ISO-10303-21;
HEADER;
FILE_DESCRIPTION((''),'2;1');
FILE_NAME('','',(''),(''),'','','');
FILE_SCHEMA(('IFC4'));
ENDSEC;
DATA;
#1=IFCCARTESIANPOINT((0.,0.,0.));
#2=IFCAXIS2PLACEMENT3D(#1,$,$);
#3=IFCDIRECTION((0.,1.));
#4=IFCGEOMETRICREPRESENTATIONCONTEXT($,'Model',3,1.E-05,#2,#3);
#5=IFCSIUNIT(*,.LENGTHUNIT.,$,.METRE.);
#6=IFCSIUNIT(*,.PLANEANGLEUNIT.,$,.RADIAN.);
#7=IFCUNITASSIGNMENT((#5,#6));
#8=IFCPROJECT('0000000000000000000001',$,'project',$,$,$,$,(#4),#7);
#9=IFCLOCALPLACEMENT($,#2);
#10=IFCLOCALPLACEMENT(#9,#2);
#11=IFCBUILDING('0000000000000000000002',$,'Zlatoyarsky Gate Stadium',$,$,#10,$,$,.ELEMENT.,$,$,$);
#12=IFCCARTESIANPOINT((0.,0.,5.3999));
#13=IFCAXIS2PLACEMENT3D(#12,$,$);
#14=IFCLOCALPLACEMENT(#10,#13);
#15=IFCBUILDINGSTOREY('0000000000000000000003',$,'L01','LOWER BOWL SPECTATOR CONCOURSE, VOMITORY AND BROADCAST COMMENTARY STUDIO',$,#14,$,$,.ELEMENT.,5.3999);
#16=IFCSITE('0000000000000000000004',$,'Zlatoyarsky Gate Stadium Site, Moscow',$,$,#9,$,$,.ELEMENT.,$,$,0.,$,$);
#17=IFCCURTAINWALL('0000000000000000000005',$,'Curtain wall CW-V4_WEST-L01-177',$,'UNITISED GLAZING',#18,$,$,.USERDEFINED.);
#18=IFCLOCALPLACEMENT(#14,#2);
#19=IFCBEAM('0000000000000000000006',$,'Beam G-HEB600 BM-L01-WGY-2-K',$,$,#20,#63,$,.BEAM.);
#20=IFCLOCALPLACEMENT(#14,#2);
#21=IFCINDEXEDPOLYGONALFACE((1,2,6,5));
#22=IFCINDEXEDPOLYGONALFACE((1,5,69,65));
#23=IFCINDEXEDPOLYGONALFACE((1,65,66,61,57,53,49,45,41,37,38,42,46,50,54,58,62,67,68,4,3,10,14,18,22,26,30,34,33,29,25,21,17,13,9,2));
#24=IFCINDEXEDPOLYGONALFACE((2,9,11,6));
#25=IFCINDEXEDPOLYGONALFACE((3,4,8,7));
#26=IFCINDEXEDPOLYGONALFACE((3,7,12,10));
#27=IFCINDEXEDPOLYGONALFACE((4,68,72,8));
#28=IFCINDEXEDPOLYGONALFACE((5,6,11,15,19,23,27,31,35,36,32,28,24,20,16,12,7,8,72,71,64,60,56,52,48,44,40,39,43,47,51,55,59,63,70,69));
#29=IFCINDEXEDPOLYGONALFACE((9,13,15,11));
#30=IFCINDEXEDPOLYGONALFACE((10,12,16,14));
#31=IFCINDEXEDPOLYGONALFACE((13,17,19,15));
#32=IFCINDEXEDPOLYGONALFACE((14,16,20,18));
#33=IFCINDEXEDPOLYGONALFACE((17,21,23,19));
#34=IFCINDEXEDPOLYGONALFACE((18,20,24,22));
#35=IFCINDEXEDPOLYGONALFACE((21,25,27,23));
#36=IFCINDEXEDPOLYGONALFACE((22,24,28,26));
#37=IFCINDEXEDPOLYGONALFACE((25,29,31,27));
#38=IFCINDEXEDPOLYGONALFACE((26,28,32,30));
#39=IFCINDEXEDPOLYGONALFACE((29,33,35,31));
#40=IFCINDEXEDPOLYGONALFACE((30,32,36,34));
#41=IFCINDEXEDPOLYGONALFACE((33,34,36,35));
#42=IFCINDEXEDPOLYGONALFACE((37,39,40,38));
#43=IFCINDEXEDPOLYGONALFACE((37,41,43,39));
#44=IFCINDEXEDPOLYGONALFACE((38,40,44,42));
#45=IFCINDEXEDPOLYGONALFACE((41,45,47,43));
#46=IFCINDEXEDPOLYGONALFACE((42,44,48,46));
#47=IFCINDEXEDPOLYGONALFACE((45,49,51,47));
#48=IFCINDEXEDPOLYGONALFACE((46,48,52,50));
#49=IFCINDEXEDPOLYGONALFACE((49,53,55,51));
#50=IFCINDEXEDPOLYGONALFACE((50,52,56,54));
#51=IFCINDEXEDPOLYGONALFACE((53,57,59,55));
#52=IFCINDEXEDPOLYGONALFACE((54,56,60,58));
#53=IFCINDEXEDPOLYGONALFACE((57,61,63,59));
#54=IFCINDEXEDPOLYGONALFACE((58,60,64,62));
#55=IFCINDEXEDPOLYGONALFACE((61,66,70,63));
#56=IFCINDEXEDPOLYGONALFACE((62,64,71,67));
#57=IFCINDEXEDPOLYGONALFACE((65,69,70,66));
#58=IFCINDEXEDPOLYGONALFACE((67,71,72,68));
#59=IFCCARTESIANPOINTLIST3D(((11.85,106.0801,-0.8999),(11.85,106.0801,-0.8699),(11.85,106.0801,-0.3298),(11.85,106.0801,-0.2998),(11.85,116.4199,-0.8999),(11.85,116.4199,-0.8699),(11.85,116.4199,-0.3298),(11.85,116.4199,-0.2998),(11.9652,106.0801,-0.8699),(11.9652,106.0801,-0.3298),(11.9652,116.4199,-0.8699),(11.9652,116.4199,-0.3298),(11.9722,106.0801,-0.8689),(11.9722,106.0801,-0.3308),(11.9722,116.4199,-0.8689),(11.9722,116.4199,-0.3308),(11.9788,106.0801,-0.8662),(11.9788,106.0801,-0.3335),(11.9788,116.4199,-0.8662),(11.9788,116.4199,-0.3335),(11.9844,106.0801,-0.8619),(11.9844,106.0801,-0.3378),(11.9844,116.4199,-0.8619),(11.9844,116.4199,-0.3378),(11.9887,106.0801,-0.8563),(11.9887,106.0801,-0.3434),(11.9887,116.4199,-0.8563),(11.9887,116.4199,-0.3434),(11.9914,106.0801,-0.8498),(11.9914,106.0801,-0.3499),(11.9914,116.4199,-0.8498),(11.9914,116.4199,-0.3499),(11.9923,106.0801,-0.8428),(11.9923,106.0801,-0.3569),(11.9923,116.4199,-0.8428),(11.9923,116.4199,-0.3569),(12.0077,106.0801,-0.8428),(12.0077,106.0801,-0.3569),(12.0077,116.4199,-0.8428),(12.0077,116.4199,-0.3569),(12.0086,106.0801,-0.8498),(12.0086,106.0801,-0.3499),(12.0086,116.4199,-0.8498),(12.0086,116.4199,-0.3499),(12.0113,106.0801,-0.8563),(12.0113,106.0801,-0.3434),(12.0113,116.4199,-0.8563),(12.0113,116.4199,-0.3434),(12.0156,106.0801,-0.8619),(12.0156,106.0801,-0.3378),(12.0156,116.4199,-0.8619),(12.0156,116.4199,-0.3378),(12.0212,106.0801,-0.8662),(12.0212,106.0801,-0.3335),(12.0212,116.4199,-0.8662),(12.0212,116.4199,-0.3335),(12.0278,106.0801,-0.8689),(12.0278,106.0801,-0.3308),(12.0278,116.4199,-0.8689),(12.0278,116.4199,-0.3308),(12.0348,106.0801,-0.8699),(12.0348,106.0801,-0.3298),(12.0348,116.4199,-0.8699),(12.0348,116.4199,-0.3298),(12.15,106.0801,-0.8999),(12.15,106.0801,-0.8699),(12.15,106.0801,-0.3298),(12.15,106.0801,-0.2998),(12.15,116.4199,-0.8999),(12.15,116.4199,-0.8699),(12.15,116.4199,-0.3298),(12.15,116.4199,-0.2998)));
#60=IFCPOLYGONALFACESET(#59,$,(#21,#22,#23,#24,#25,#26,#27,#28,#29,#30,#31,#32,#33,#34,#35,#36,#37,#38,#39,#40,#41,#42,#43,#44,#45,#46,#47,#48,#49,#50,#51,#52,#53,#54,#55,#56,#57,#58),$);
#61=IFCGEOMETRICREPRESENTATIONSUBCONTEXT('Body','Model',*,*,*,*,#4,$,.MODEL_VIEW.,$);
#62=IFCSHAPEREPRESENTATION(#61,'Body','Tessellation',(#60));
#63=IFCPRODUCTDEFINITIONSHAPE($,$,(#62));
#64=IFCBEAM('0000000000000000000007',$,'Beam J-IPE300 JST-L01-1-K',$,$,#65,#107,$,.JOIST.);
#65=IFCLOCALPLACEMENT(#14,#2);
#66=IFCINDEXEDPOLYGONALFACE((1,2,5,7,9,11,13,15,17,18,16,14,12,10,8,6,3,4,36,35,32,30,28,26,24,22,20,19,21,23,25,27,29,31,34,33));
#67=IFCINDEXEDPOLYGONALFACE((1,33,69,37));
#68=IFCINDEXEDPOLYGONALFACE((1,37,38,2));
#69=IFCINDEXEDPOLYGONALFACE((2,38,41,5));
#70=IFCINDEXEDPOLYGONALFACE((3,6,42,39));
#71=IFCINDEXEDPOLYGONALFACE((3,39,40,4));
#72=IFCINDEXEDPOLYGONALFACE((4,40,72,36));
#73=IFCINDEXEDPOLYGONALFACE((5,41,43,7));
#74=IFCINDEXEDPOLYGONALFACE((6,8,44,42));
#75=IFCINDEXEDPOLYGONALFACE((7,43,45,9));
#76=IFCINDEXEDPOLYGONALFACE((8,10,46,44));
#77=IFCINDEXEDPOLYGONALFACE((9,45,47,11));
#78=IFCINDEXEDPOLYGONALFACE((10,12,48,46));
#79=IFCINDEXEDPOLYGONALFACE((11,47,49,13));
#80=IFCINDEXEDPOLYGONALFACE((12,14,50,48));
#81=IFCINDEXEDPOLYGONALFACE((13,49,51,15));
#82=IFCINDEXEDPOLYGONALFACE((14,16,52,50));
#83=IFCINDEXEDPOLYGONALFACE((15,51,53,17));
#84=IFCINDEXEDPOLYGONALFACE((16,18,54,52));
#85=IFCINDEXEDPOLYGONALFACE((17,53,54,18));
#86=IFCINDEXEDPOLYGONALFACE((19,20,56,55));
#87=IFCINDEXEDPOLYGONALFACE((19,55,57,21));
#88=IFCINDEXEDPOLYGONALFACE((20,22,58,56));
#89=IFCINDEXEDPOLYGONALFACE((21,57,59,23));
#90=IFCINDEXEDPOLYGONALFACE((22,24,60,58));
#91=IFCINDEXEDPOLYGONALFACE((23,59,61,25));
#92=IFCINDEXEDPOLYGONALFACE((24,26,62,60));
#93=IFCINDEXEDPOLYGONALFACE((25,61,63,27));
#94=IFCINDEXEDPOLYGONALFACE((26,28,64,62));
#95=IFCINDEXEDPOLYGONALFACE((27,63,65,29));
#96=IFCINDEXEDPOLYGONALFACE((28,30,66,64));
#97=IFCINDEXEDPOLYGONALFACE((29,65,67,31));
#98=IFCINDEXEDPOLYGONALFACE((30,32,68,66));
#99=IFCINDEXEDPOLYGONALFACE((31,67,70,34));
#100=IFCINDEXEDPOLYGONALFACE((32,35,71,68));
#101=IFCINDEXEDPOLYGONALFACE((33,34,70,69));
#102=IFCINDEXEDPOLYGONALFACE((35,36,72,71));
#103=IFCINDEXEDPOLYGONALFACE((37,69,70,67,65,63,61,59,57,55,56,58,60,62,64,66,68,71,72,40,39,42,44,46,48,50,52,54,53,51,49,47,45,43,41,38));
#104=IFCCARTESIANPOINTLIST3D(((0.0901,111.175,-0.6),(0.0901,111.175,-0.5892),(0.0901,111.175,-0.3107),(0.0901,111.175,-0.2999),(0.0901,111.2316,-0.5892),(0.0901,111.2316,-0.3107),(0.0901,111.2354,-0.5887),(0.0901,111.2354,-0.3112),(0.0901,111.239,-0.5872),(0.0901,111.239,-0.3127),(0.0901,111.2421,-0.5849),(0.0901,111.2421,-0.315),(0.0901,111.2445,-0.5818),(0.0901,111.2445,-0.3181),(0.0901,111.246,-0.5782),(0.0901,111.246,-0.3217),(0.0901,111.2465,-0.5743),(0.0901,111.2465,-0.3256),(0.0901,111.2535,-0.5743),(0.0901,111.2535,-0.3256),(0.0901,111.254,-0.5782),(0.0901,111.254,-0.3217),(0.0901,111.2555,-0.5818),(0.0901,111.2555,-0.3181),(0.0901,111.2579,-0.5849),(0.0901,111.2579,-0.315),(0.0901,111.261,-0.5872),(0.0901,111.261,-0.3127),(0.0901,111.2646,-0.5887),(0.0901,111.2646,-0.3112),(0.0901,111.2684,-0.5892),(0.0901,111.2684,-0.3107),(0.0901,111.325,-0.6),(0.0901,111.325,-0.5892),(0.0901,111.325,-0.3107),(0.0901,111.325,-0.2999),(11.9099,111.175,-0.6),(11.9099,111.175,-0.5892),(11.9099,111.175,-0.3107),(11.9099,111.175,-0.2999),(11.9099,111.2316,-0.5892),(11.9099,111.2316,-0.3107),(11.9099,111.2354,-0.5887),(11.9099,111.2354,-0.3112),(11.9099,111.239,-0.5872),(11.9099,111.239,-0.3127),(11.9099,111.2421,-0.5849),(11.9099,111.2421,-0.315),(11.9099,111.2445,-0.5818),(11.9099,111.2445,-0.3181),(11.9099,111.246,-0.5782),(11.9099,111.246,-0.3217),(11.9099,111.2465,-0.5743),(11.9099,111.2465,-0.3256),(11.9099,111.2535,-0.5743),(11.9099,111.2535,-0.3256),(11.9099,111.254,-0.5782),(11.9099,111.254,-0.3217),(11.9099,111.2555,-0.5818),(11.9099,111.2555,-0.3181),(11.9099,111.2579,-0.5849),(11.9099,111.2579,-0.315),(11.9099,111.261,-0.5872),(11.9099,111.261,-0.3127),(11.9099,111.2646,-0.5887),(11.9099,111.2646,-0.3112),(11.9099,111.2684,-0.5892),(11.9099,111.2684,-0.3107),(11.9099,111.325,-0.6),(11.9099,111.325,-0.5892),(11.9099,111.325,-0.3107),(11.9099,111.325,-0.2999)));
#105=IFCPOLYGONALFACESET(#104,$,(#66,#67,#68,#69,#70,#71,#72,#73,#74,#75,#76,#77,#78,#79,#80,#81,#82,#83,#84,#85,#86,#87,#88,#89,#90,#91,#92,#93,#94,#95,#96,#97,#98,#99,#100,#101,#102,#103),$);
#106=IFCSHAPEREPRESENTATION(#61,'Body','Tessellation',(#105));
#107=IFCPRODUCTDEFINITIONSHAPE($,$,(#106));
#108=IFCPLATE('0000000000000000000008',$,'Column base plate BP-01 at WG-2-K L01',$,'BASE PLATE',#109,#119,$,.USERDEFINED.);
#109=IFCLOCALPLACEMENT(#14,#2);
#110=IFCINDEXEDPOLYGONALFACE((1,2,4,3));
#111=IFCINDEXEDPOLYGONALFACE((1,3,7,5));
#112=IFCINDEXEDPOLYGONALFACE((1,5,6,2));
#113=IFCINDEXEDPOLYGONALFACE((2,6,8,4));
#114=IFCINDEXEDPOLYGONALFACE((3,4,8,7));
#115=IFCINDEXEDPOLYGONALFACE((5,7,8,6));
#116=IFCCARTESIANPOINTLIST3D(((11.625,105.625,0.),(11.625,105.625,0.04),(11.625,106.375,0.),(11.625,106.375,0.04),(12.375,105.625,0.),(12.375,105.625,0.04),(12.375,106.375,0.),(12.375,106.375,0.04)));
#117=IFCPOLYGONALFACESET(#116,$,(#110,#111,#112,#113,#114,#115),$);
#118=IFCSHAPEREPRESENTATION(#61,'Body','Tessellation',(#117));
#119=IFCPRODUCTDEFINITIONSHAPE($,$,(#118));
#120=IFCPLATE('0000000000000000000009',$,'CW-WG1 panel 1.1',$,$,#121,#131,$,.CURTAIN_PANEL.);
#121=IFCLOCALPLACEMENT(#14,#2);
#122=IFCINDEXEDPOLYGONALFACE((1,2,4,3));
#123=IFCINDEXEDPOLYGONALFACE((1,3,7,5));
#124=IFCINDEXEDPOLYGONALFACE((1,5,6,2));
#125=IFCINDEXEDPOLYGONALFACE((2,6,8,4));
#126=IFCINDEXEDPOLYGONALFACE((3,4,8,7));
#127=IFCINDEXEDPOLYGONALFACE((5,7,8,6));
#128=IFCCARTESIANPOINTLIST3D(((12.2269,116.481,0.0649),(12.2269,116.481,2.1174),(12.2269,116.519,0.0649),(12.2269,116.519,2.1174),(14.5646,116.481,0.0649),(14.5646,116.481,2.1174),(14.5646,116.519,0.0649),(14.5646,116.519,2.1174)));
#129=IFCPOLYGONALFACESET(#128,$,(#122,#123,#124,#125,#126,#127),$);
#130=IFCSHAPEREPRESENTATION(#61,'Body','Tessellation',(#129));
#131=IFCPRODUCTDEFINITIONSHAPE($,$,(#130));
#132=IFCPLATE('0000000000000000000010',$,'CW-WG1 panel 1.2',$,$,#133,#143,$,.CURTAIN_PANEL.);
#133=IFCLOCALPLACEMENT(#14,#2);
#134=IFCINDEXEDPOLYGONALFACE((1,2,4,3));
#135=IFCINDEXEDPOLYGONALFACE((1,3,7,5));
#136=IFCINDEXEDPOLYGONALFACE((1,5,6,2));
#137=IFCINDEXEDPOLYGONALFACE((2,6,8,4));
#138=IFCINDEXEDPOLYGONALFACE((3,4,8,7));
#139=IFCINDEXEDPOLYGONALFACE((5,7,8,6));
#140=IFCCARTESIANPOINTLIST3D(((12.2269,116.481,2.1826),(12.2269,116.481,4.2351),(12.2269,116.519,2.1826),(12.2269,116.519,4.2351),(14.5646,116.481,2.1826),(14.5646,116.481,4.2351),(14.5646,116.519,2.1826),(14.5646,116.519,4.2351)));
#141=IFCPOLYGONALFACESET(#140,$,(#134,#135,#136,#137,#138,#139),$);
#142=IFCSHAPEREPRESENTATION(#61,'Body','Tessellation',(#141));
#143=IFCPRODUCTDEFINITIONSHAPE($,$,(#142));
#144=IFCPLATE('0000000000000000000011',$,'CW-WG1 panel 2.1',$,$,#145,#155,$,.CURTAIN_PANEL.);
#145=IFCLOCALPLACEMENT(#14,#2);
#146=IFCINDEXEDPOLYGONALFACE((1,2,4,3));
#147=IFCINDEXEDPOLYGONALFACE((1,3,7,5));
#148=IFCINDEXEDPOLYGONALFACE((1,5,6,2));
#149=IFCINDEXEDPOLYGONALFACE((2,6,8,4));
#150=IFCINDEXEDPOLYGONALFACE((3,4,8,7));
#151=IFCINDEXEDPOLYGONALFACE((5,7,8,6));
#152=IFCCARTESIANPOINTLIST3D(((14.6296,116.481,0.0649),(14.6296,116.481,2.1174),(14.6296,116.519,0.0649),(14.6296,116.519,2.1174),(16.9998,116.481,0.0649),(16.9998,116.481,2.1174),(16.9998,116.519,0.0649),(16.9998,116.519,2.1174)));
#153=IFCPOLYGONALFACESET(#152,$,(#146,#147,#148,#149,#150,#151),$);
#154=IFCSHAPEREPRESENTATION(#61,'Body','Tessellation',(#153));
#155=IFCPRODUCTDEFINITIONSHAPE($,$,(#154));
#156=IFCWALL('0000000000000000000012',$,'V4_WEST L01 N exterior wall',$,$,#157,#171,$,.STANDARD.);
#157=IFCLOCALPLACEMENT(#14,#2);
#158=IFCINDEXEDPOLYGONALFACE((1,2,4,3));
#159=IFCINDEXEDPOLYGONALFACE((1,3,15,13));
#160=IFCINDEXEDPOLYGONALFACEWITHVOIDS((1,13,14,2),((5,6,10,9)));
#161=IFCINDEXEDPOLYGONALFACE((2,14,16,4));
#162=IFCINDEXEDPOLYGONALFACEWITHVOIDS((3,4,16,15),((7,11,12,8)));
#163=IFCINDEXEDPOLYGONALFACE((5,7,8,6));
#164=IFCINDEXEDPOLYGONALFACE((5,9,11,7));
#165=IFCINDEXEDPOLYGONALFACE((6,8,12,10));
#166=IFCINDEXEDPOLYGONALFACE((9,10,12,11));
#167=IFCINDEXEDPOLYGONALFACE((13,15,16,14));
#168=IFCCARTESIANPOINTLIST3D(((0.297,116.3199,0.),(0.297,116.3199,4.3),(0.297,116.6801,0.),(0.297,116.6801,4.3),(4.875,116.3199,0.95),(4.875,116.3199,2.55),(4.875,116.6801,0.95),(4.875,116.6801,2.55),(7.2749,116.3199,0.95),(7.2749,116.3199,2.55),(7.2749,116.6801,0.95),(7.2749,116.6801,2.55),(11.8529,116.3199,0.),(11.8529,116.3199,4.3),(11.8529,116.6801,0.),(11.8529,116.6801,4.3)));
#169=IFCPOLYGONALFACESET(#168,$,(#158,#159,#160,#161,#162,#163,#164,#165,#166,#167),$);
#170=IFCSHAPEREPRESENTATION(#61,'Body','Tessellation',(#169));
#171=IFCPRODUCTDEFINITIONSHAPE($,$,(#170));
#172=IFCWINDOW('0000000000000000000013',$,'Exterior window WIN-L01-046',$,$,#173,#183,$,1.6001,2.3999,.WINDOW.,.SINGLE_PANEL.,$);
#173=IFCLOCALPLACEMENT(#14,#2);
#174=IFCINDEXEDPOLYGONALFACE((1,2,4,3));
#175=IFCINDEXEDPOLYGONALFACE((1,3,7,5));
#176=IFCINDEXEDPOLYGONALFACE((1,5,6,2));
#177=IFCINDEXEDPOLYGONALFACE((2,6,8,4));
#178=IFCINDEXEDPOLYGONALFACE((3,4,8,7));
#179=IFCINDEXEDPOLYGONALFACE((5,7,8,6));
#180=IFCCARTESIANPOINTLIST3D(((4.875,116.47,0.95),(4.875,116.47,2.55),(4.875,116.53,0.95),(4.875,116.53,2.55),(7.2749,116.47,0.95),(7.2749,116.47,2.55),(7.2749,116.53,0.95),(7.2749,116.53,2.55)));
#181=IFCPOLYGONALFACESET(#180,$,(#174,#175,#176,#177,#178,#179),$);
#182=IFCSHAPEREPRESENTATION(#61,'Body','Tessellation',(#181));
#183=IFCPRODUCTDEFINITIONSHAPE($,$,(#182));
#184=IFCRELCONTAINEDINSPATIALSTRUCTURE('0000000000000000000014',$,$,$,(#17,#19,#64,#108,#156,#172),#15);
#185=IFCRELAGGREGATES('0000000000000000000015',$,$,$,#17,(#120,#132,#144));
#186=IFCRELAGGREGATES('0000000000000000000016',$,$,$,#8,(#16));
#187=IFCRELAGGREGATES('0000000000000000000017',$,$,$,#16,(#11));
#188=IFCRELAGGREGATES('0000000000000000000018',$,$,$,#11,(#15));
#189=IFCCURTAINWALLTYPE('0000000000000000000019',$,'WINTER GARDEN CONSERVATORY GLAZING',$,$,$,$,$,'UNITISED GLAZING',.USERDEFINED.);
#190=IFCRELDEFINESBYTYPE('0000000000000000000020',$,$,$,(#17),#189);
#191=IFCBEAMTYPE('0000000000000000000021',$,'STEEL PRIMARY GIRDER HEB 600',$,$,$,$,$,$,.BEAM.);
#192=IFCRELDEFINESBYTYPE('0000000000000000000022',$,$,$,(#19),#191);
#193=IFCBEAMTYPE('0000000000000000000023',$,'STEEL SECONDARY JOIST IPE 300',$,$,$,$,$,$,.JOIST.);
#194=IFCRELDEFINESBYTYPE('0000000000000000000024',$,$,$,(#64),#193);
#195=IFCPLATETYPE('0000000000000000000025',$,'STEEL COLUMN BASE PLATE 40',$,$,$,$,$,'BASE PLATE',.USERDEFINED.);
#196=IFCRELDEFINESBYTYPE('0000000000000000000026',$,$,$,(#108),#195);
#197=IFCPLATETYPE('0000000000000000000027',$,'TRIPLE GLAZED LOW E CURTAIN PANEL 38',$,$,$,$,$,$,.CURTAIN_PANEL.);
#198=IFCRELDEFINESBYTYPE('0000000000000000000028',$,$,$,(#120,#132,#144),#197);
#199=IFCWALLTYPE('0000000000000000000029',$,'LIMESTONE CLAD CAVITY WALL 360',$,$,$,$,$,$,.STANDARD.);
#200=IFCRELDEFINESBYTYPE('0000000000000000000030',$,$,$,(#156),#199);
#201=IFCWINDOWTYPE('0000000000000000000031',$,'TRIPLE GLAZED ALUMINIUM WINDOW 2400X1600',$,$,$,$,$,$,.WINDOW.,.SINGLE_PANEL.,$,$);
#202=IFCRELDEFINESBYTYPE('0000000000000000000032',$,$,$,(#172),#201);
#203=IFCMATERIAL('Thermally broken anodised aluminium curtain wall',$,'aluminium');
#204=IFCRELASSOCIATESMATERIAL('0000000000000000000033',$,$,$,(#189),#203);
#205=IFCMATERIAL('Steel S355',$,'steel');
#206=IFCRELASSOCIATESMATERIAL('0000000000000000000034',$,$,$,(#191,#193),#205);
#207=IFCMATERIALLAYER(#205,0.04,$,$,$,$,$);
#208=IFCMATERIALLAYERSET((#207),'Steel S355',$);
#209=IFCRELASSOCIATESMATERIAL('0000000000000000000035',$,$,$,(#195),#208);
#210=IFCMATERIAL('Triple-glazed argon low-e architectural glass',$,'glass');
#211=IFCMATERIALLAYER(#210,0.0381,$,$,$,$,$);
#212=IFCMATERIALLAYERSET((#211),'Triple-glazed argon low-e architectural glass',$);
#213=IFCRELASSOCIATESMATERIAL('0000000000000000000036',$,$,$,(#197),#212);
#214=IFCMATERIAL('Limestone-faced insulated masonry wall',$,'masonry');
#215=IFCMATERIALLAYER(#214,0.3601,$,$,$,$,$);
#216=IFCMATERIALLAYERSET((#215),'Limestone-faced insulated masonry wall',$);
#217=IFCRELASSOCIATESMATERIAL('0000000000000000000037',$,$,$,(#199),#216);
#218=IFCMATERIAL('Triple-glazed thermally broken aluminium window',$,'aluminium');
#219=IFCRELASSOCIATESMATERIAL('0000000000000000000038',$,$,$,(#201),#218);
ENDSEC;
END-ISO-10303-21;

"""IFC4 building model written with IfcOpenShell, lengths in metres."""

from ifc_helpers import new_model, si_unit, direction, frame, frame_2d, origin, origin_2d, place, context, subcontext, project, spatial, rectangle, i_section, extrude, material, layer, layer_set, material_profile, profile_set, type_object, element, fill, aggregate, save


model = new_model("IFC4")

# Units and contexts
model_context = context("Model", 3, precision=1e-05, world=origin(), true_north=direction((0.0, 1.0)))
body_context = subcontext(model_context, "Body", "Model", "MODEL_VIEW")
ifc_project = project(units=[si_unit("LENGTHUNIT", "METRE"), si_unit("PLANEANGLEUNIT", "RADIAN")], contexts=[model_context])

# Site, building, storey
site_placement = place(None, origin())
site = spatial("IfcSite", under=ifc_project, at=site_placement, Name="Zlatoyarsky Gate Stadium Site, Moscow", CompositionType="ELEMENT", RefElevation=0.0)
building_placement = place(site_placement, origin())
building = spatial("IfcBuilding", under=site, at=building_placement, Name="Zlatoyarsky Gate Stadium", CompositionType="ELEMENT")
storey_placement = place(building_placement, frame((0.0, 0.0, 5.3999)))
storey = spatial("IfcBuildingStorey", under=building, at=storey_placement, Name="L01", Description="LOWER BOWL SPECTATOR CONCOURSE, VOMITORY AND BROADCAST COMMENTARY STUDIO", CompositionType="ELEMENT", Elevation=5.3999)

# Shared definitions
ifc_material_1 = material(Name="Steel S355", Category="steel")

# Curtain wall
ifc_material_2 = material(Name="Thermally broken anodised aluminium curtain wall", Category="aluminium")
curtain_wall_type_1 = type_object("IfcCurtainWallType", Name="WINTER GARDEN CONSERVATORY GLAZING", ElementType="UNITISED GLAZING", PredefinedType="USERDEFINED", material=ifc_material_2)
curtain_wall_1_placement = place(storey_placement, origin())
curtain_wall_1 = element("IfcCurtainWall", 1, at=curtain_wall_1_placement, inside=storey, type_object=curtain_wall_type_1, Name="Curtain wall CW-V4_WEST-L01-177", ObjectType="UNITISED GLAZING", PredefinedType="USERDEFINED")

# Beams
ifc_material_profile_1 = material_profile(ifc_material_1, i_section(OverallWidth=0.3, OverallDepth=0.6001, WebThickness=0.0154, FlangeThickness=0.03, FilletRadius=0.0271, at=origin_2d()), Name="HEB 600")
ifc_profile_set_1 = profile_set([ifc_material_profile_1], Name="Steel S355")
beam_type_1 = type_object("IfcBeamType", Name="STEEL PRIMARY GIRDER HEB 600", PredefinedType="BEAM", material=ifc_profile_set_1)
beam_1_placement = place(storey_placement, frame((12.0, 106.0801, -0.5999), z_axis=(0.0, 1.0, 0.0), x_axis=(-1.0, 0.0, 0.0)))
element("IfcBeam", 2, at=beam_1_placement, inside=storey, type_object=beam_type_1, Name="Beam G-HEB600 BM-L01-WGY-2-K", PredefinedType="BEAM", context=body_context, shape_type="SweptSolid", body=[
    extrude(i_section(OverallWidth=0.3, OverallDepth=0.6001, WebThickness=0.0154, FlangeThickness=0.03, FilletRadius=0.0271, at=origin_2d()), origin(), (0.0, 0.0, 1.0), 10.3398),
])
ifc_material_profile_2 = material_profile(ifc_material_1, i_section(OverallWidth=0.1499, OverallDepth=0.3, WebThickness=0.0071, FlangeThickness=0.0107, FilletRadius=0.0149, at=origin_2d()), Name="IPE 300")
ifc_profile_set_2 = profile_set([ifc_material_profile_2], Name="Steel S355")
beam_type_2 = type_object("IfcBeamType", Name="STEEL SECONDARY JOIST IPE 300", PredefinedType="JOIST", material=ifc_profile_set_2)
beam_2_placement = place(storey_placement, frame((0.0901, 111.25, -0.45), z_axis=(1.0, 0.0, 0.0), x_axis=(0.0, 1.0, 0.0)))
element("IfcBeam", 3, at=beam_2_placement, inside=storey, type_object=beam_type_2, Name="Beam J-IPE300 JST-L01-1-K", PredefinedType="JOIST", context=body_context, shape_type="SweptSolid", body=[
    extrude(i_section(OverallWidth=0.1499, OverallDepth=0.3, WebThickness=0.0071, FlangeThickness=0.0107, FilletRadius=0.0149, at=origin_2d()), origin(), (0.0, 0.0, 1.0), 11.8198),
])

# Plates
ifc_layer_1 = layer(ifc_material_1, 0.04)
ifc_layer_set_1 = layer_set([ifc_layer_1], Name="Steel S355")
plate_type_1 = type_object("IfcPlateType", Name="STEEL COLUMN BASE PLATE 40", ElementType="BASE PLATE", PredefinedType="USERDEFINED", material=ifc_layer_set_1)
plate_1_placement = place(storey_placement, frame((12.0, 106.0, 0.0), z_axis=(0.0, 0.0, 1.0), x_axis=(1.0, 0.0, 0.0)))
element("IfcPlate", 4, at=plate_1_placement, inside=storey, type_object=plate_type_1, Name="Column base plate BP-01 at WG-2-K L01", ObjectType="BASE PLATE", PredefinedType="USERDEFINED", context=body_context, shape_type="SweptSolid", body=[
    extrude(rectangle(XDim=0.75, YDim=0.75, at=origin_2d()), origin(), (0.0, 0.0, 1.0), 0.04),
])
ifc_material_3 = material(Name="Triple-glazed argon low-e architectural glass", Category="glass")
ifc_layer_2 = layer(ifc_material_3, 0.0381)
ifc_layer_set_2 = layer_set([ifc_layer_2], Name="Triple-glazed argon low-e architectural glass")
plate_type_2 = type_object("IfcPlateType", Name="TRIPLE GLAZED LOW E CURTAIN PANEL 38", PredefinedType="CURTAIN_PANEL", material=ifc_layer_set_2)
plate_2_placement = place(storey_placement, frame((13.3958, 116.5, 0.0649), z_axis=(0.0, 0.0, 1.0), x_axis=(1.0, 0.0, 0.0)))
plate_2 = element("IfcPlate", 5, at=plate_2_placement, type_object=plate_type_2, Name="CW-WG1 panel 1.1", PredefinedType="CURTAIN_PANEL", context=body_context, shape_type="SweptSolid", body=[
    extrude(rectangle(XDim=2.3376, YDim=0.0381, at=origin_2d()), origin(), (0.0, 0.0, 1.0), 2.0525),
])
plate_3_placement = place(storey_placement, frame((13.3958, 116.5, 2.1826), z_axis=(0.0, 0.0, 1.0), x_axis=(1.0, 0.0, 0.0)))
plate_3 = element("IfcPlate", 6, at=plate_3_placement, type_object=plate_type_2, Name="CW-WG1 panel 1.2", PredefinedType="CURTAIN_PANEL", context=body_context, shape_type="SweptSolid", body=[
    extrude(rectangle(XDim=2.3376, YDim=0.0381, at=origin_2d()), origin(), (0.0, 0.0, 1.0), 2.0525),
])
plate_4_placement = place(storey_placement, frame((15.8147, 116.5, 0.0649), z_axis=(0.0, 0.0, 1.0), x_axis=(1.0, 0.0, 0.0)))
plate_4 = element("IfcPlate", 7, at=plate_4_placement, type_object=plate_type_2, Name="CW-WG1 panel 2.1", PredefinedType="CURTAIN_PANEL", context=body_context, shape_type="SweptSolid", body=[
    extrude(rectangle(XDim=2.3701, YDim=0.0381, at=origin_2d()), origin(), (0.0, 0.0, 1.0), 2.0525),
])
aggregate(curtain_wall_1, [plate_2, plate_3, plate_4])

# Wall, opening, window
ifc_material_4 = material(Name="Limestone-faced insulated masonry wall", Category="masonry")
ifc_layer_3 = layer(ifc_material_4, 0.3601)
ifc_layer_set_3 = layer_set([ifc_layer_3], Name="Limestone-faced insulated masonry wall")
wall_type = type_object("IfcWallType", Name="LIMESTONE CLAD CAVITY WALL 360", PredefinedType="STANDARD", material=ifc_layer_set_3)
wall_placement = place(storey_placement, frame((0.2971, 116.5, 0.0), z_axis=(0.0, 0.0, 1.0), x_axis=(1.0, 0.0, 0.0)))
wall = element("IfcWall", 8, at=wall_placement, inside=storey, type_object=wall_type, Name="V4_WEST L01 N exterior wall", PredefinedType="STANDARD", context=body_context, shape_type="SweptSolid", body=[
    extrude(rectangle(XDim=11.5559, YDim=0.3601, at=frame_2d((5.7778, 0.0))), origin(), (0.0, 0.0, 1.0), 4.3),
])
opening_placement = place(wall_placement, frame((4.5779, 0.0, 0.95)))
opening = element("IfcOpeningElement", 9, at=opening_placement, cuts=wall, PredefinedType="OPENING", context=body_context, shape_type="SweptSolid", body=[
    extrude(rectangle(XDim=2.3999, YDim=1.6001, at=frame_2d((1.2, 0.8))), frame((0.0, 0.1899, 0.0), z_axis=(0.0, -1.0, 0.0), x_axis=(1.0, 0.0, 0.0)), (0.0, 0.0, 1.0), 0.3801),
])
ifc_material_5 = material(Name="Triple-glazed thermally broken aluminium window", Category="aluminium")
window_type = type_object("IfcWindowType", Name="TRIPLE GLAZED ALUMINIUM WINDOW 2400X1600", PartitioningType="SINGLE_PANEL", PredefinedType="WINDOW", material=ifc_material_5)
window_placement = place(opening_placement, origin())
window = element("IfcWindow", 10, at=window_placement, inside=storey, type_object=window_type, Name="Exterior window WIN-L01-046", OverallHeight=1.6001, OverallWidth=2.3999, PartitioningType="SINGLE_PANEL", PredefinedType="WINDOW", context=body_context, shape_type="SweptSolid", body=[
    extrude(rectangle(XDim=2.3999, YDim=1.6001, at=frame_2d((1.2, 0.8))), frame((0.0, 0.03, 0.0), z_axis=(0.0, -1.0, 0.0), x_axis=(1.0, 0.0, 0.0)), (0.0, 0.0, 1.0), 0.0601),
])
fill(opening, window)

save(model, "model.ifc")
